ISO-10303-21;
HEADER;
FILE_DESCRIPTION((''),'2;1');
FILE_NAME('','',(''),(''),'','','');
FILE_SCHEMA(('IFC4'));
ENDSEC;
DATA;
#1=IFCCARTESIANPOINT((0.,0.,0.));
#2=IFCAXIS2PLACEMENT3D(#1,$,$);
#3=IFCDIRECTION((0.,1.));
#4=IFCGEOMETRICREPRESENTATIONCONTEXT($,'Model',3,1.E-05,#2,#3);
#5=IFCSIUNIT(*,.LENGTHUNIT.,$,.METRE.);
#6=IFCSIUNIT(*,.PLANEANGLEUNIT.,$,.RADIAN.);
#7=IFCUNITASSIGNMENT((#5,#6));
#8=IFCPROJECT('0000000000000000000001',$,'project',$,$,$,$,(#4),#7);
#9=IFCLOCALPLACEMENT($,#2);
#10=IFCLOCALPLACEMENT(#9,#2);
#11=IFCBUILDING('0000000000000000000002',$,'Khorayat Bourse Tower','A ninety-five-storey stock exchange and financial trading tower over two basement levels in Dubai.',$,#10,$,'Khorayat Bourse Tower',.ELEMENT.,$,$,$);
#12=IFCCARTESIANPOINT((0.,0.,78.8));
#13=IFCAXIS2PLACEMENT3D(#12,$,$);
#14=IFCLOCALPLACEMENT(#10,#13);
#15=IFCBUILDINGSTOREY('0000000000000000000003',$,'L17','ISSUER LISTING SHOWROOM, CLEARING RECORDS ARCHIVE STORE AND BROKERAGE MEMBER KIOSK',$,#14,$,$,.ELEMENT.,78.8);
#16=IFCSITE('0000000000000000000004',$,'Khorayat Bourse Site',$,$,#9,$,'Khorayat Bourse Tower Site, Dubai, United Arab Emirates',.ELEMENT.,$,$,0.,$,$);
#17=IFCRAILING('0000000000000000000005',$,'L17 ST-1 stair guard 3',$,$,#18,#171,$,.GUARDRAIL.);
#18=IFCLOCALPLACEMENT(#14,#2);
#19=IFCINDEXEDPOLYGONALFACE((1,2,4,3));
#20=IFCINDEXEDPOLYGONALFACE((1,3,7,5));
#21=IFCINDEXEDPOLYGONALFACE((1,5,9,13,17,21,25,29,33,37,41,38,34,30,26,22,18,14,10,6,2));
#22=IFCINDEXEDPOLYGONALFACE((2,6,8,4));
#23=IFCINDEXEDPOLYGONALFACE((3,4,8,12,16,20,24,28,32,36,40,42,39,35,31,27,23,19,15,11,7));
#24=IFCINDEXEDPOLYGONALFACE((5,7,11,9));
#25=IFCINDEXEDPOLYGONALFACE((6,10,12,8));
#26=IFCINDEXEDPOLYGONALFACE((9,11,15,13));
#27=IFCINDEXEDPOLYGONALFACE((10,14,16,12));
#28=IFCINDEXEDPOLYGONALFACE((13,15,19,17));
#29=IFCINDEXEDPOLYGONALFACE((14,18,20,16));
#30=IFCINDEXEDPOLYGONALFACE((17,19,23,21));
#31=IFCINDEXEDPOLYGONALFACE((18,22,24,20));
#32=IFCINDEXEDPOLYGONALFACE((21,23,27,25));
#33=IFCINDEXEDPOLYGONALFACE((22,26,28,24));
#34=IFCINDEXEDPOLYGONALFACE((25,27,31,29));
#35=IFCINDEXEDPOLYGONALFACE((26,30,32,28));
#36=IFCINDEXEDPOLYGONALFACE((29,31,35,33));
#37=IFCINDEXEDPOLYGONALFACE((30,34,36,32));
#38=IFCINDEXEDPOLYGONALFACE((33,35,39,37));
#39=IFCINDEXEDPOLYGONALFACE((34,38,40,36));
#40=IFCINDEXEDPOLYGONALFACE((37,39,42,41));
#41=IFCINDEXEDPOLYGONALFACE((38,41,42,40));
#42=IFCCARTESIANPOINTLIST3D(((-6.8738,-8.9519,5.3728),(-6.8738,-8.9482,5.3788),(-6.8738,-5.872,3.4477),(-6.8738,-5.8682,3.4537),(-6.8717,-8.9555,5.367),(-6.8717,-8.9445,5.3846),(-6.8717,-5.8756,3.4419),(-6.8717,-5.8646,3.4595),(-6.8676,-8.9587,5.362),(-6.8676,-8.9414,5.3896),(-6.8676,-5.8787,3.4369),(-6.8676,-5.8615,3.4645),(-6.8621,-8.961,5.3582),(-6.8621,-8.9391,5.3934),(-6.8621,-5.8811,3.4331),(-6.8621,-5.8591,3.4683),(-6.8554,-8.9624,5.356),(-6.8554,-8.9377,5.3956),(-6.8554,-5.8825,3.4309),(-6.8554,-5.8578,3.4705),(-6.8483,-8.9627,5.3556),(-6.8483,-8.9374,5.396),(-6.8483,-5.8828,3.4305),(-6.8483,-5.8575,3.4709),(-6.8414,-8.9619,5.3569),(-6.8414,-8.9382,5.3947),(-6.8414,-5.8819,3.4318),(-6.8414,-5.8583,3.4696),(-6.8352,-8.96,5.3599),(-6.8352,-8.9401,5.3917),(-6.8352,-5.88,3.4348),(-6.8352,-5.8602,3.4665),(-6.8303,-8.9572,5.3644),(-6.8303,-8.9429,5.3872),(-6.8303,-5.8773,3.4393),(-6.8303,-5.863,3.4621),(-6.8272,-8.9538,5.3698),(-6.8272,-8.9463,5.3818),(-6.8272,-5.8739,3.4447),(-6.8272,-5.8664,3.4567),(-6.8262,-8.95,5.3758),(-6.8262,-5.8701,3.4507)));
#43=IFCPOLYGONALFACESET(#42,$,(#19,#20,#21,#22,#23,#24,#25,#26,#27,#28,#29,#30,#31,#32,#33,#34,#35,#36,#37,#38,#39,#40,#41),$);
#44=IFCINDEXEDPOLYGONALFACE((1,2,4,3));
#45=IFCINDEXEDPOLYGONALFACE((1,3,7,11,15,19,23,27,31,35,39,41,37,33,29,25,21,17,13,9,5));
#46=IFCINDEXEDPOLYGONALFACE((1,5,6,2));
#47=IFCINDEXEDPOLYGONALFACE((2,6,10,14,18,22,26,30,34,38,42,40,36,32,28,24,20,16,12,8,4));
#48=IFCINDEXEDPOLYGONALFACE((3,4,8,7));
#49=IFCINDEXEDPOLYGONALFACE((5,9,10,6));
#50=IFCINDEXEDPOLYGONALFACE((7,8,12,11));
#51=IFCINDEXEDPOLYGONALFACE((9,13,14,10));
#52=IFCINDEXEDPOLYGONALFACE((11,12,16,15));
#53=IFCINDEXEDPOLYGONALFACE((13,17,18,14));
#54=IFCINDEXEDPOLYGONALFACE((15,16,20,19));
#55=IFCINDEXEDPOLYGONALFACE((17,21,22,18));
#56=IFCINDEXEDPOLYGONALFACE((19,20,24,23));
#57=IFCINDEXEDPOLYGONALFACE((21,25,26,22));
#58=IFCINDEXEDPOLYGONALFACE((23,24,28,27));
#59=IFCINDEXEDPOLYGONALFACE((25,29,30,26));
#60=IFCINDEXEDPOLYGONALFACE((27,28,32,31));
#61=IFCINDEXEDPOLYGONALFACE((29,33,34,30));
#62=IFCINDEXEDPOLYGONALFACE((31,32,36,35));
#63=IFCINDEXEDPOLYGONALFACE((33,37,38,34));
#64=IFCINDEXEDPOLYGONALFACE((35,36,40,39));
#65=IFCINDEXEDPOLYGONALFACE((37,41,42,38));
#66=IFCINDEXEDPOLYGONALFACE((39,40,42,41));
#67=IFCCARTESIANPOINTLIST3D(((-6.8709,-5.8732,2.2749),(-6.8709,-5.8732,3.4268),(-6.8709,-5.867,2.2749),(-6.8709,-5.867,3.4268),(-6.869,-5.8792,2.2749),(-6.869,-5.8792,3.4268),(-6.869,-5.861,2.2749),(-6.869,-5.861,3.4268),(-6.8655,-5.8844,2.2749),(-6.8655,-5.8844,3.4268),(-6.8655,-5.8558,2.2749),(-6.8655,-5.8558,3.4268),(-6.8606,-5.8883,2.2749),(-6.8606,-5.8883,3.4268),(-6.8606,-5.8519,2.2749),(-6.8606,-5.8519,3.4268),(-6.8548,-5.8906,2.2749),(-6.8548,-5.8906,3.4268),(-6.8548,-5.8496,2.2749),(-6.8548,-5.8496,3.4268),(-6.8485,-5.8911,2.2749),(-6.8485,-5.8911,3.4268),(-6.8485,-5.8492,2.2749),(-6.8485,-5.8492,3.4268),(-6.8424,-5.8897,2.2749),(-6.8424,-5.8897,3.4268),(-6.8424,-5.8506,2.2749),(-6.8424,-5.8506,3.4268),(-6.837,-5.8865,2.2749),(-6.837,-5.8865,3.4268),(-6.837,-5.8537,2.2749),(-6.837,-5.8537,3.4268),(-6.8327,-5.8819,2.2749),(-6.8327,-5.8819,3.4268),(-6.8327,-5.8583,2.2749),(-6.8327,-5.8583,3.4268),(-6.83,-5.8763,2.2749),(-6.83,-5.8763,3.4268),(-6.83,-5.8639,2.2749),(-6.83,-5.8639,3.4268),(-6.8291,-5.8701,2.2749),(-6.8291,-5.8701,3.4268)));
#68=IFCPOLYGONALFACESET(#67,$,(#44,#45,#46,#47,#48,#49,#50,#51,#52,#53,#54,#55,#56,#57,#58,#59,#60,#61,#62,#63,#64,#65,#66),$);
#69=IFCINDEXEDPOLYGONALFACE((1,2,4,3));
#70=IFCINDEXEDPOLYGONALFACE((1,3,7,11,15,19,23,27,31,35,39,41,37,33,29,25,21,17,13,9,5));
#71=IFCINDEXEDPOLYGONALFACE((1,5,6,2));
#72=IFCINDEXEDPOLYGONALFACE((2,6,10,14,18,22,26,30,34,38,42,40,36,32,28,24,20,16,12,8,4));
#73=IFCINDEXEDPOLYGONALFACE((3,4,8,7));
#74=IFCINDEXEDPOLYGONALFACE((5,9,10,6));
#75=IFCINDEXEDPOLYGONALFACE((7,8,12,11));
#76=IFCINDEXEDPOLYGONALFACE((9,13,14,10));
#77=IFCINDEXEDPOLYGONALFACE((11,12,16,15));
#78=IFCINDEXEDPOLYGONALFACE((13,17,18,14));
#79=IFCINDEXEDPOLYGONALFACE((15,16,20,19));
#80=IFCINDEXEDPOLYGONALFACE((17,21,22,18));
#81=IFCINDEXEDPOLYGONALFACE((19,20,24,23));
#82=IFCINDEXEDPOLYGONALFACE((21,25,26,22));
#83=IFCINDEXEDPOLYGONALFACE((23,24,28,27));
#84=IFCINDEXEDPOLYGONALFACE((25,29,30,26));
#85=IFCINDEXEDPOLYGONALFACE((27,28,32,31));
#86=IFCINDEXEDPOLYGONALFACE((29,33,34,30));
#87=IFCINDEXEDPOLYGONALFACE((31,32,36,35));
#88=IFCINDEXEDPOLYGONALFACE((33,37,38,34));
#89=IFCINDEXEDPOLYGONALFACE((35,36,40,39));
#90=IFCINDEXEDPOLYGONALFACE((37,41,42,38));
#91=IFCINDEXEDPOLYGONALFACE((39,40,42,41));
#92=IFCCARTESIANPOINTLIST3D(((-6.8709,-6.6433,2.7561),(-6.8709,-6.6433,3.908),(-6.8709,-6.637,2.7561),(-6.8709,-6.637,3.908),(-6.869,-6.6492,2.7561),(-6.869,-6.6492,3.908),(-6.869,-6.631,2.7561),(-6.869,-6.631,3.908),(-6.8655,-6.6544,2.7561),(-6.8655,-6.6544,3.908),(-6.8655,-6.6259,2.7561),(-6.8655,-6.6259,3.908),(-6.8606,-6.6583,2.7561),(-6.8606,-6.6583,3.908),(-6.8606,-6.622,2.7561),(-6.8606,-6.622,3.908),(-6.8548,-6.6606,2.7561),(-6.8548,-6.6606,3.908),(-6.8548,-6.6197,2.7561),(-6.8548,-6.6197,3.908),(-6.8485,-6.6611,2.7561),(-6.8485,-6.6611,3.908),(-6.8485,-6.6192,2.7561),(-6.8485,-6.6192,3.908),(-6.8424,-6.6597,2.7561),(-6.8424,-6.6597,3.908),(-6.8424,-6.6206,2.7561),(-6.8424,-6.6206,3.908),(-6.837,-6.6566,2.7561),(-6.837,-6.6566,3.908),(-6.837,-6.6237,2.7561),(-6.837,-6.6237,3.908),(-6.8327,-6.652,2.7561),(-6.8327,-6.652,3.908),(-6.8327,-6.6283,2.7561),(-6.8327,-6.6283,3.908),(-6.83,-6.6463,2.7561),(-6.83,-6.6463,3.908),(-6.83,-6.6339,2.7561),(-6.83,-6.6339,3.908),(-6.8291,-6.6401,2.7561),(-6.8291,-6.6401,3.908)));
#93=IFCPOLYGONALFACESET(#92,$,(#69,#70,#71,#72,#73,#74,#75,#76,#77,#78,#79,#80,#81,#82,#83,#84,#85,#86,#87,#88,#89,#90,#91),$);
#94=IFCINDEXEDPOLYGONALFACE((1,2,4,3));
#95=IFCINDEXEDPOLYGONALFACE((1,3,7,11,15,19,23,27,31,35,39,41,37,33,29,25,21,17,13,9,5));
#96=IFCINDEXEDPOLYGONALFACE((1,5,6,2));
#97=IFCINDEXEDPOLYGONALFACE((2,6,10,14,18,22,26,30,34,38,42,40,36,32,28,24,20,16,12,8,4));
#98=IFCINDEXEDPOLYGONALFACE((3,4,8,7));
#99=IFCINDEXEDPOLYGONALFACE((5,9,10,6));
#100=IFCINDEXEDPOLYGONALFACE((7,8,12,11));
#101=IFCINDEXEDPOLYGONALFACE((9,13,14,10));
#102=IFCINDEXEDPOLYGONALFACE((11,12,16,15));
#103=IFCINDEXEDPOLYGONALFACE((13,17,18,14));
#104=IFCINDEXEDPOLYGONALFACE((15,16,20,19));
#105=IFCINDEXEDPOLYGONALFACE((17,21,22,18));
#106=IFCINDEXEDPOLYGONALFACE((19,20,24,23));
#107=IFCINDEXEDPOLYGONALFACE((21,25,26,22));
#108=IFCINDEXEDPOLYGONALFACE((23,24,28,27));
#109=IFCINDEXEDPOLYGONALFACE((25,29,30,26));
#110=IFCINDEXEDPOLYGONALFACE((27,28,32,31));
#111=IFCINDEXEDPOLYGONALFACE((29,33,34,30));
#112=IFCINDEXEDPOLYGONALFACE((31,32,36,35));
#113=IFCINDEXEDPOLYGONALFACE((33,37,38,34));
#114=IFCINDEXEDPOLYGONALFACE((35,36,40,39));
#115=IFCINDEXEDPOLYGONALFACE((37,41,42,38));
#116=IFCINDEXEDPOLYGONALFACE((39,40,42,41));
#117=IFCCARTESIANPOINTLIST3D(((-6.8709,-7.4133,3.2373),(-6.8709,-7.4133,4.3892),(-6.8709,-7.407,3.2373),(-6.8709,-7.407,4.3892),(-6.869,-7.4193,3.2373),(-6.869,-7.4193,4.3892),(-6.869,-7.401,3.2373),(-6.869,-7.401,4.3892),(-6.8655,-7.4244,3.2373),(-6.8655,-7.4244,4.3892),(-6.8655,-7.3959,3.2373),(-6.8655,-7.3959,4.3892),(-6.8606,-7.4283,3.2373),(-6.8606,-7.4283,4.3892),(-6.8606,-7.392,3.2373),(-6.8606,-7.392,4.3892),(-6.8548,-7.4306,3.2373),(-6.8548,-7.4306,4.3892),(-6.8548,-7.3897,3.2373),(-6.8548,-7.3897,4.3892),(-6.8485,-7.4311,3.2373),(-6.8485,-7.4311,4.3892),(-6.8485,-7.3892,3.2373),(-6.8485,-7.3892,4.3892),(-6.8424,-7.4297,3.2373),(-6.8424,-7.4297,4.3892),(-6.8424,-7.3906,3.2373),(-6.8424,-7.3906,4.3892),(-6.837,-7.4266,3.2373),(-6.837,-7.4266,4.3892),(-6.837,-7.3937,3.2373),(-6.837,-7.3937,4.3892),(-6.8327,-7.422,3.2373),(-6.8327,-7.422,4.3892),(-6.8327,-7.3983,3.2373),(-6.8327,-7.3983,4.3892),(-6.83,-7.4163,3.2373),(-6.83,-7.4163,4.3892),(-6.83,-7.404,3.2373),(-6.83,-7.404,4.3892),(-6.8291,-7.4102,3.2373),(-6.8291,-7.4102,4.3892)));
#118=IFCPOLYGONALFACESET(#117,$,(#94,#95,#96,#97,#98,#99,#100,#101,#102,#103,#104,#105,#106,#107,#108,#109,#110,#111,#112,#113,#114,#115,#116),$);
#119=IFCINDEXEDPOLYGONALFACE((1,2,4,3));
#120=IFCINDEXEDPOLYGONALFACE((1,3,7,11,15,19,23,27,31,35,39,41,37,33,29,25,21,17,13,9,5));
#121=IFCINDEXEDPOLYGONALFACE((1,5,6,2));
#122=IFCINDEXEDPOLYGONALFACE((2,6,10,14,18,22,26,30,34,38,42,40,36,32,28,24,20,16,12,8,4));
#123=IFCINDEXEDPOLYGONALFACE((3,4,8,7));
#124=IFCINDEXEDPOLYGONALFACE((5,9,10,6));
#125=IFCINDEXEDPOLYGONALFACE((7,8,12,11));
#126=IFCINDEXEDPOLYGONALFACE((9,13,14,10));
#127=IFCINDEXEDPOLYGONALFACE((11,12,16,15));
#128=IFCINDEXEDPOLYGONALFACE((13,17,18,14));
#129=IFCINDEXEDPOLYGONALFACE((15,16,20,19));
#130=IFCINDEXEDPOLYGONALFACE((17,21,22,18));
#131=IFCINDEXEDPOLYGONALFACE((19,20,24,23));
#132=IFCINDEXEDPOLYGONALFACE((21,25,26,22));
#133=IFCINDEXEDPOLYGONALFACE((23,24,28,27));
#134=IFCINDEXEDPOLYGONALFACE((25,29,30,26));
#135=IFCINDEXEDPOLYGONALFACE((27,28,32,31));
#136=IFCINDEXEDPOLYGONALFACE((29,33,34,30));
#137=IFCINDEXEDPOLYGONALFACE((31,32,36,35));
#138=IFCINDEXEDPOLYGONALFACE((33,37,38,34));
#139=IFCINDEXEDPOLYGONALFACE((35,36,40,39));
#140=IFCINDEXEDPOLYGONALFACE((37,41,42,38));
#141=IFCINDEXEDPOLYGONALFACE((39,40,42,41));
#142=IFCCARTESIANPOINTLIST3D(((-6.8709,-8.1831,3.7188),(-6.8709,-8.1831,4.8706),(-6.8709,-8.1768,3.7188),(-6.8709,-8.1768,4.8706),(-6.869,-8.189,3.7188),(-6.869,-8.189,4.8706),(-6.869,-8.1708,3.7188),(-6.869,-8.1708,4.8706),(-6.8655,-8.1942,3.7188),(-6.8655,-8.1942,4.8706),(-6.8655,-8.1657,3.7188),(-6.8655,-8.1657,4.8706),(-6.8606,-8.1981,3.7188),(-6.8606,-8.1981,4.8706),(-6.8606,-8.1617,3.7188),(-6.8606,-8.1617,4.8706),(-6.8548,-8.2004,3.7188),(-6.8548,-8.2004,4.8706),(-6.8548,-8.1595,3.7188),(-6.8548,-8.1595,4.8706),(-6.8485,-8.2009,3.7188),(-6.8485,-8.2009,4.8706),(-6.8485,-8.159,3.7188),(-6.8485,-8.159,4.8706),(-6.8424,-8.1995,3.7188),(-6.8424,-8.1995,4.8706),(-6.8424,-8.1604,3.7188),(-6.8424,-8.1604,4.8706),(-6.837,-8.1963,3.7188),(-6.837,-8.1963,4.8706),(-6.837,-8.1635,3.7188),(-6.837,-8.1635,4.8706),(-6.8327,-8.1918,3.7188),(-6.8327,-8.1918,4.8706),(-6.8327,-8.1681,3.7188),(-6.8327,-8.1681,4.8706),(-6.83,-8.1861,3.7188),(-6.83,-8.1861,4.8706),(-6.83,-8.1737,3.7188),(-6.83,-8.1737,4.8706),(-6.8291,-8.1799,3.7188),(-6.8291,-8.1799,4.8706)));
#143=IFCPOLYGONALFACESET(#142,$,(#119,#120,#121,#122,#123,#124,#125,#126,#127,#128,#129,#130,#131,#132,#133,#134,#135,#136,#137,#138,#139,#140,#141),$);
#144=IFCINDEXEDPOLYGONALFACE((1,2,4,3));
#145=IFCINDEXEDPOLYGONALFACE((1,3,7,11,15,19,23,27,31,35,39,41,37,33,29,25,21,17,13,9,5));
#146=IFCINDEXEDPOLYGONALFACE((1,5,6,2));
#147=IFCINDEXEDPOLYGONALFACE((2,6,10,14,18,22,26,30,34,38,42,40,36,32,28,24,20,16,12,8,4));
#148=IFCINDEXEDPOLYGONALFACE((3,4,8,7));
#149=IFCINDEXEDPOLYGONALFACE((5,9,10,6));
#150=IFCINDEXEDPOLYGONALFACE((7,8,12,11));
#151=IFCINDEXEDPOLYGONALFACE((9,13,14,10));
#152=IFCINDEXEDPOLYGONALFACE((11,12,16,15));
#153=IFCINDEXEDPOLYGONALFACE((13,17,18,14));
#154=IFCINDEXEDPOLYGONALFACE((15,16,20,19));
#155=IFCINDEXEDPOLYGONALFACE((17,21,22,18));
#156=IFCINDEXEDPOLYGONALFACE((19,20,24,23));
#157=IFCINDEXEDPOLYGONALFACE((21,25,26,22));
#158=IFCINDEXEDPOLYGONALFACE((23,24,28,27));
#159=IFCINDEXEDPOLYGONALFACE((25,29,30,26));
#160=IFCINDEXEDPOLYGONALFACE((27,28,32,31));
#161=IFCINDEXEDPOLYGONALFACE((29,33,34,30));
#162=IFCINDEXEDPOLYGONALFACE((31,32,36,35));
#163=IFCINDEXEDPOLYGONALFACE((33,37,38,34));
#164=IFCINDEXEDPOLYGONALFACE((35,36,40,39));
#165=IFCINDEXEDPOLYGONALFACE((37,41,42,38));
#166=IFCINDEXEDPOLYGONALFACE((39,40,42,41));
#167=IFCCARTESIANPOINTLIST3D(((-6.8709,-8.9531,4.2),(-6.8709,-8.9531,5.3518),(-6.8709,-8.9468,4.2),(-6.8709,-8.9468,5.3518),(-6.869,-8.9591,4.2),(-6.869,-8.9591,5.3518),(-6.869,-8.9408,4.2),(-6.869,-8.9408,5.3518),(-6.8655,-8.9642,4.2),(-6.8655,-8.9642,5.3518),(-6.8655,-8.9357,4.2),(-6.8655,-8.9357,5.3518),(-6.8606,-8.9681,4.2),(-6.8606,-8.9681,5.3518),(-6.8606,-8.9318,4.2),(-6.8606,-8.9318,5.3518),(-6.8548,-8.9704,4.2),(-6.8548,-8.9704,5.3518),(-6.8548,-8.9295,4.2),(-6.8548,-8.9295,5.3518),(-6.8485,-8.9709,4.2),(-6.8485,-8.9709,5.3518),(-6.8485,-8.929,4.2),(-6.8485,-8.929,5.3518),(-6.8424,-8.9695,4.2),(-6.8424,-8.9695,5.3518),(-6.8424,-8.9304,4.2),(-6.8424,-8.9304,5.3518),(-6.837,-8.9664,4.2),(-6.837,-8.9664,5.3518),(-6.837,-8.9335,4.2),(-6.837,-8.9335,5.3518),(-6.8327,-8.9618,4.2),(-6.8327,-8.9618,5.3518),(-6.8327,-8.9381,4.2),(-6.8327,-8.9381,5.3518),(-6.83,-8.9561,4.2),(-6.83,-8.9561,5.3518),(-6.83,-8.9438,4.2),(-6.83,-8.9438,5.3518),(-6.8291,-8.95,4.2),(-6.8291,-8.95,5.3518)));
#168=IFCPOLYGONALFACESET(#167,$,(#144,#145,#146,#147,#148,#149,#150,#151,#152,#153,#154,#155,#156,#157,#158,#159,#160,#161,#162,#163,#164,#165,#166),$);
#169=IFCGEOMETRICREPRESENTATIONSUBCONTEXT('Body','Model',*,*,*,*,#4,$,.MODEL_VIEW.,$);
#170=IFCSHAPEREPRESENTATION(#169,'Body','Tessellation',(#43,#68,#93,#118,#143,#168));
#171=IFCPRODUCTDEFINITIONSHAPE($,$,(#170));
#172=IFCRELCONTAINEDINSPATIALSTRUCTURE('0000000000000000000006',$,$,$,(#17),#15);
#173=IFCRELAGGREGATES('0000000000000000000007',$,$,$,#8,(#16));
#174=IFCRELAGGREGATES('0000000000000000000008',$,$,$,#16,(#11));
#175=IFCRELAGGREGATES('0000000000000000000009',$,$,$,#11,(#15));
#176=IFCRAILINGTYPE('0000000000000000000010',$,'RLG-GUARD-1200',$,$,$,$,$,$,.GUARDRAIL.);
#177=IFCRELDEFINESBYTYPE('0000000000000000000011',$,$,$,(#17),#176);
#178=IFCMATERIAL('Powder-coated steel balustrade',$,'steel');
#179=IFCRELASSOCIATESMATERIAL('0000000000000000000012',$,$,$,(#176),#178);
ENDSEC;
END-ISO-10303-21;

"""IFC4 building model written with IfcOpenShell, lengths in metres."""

from ifc_helpers import new_model, si_unit, direction, frame, origin, origin_2d, place, context, subcontext, project, spatial, circle, extrude, source, transform, mapped, material, type_object, element, save


model = new_model("IFC4")

# Units and contexts
model_context = context("Model", 3, precision=1e-05, world=origin(), true_north=direction((0.0, 1.0)))
body_context = subcontext(model_context, "Body", "Model", "MODEL_VIEW")
ifc_project = project(units=[si_unit("LENGTHUNIT", "METRE"), si_unit("PLANEANGLEUNIT", "RADIAN")], contexts=[model_context])

# Site, building, storey
site_placement = place(None, origin())
site = spatial("IfcSite", under=ifc_project, at=site_placement, Name="Khorayat Bourse Site", LongName="Khorayat Bourse Tower Site, Dubai, United Arab Emirates", CompositionType="ELEMENT", RefElevation=0.0)
building_placement = place(site_placement, origin())
building = spatial("IfcBuilding", under=site, at=building_placement, Name="Khorayat Bourse Tower", Description="A ninety-five-storey stock exchange and financial trading tower over two basement levels in Dubai.", LongName="Khorayat Bourse Tower", CompositionType="ELEMENT")
storey_placement = place(building_placement, frame((0.0, 0.0, 78.8)))
storey = spatial("IfcBuildingStorey", under=building, at=storey_placement, Name="L17", Description="ISSUER LISTING SHOWROOM, CLEARING RECORDS ARCHIVE STORE AND BROKERAGE MEMBER KIOSK", CompositionType="ELEMENT", Elevation=78.8)

# Railing
ifc_material_1 = material(Name="Powder-coated steel balustrade", Category="steel")
railing_type_1 = type_object("IfcRailingType", Name="RLG-GUARD-1200", PredefinedType="GUARDRAIL", material=ifc_material_1)
shared_shape_1 = source(origin(), body_context, "Body", "SweptSolid", [
    extrude(circle(Radius=0.0239, at=origin_2d()), frame((0.0, 0.0, 1.1758), z_axis=(0.0, -0.847979, 0.530029), x_axis=(1.0, 0.0, 0.0)), (0.0, 0.0, 1.0), 3.6321),
    extrude(circle(Radius=0.021, at=origin_2d()), origin(), (0.0, 0.0, 1.0), 1.1519),
    extrude(circle(Radius=0.021, at=origin_2d()), frame((0.0, -0.77, 0.4812)), (0.0, 0.0, 1.0), 1.1519),
    extrude(circle(Radius=0.021, at=origin_2d()), frame((0.0, -1.54, 0.9624)), (0.0, 0.0, 1.0), 1.1519),
    extrude(circle(Radius=0.021, at=origin_2d()), frame((0.0, -2.3098, 1.4438)), (0.0, 0.0, 1.0), 1.1519),
    extrude(circle(Radius=0.021, at=origin_2d()), frame((0.0, -3.0798, 1.925)), (0.0, 0.0, 1.0), 1.1519),
])
railing_1_placement = place(storey_placement, frame((-6.8501, -5.8701, 2.2749)))
element("IfcRailing", 1, at=railing_1_placement, inside=storey, type_object=railing_type_1, Name="L17 ST-1 stair guard 3", PredefinedType="GUARDRAIL", context=body_context, shape_type="MappedRepresentation", body=[
    mapped(shared_shape_1, transform((0.0, 0.0, 0.0), scale=1.0)),
])

save(model, "model.ifc")
